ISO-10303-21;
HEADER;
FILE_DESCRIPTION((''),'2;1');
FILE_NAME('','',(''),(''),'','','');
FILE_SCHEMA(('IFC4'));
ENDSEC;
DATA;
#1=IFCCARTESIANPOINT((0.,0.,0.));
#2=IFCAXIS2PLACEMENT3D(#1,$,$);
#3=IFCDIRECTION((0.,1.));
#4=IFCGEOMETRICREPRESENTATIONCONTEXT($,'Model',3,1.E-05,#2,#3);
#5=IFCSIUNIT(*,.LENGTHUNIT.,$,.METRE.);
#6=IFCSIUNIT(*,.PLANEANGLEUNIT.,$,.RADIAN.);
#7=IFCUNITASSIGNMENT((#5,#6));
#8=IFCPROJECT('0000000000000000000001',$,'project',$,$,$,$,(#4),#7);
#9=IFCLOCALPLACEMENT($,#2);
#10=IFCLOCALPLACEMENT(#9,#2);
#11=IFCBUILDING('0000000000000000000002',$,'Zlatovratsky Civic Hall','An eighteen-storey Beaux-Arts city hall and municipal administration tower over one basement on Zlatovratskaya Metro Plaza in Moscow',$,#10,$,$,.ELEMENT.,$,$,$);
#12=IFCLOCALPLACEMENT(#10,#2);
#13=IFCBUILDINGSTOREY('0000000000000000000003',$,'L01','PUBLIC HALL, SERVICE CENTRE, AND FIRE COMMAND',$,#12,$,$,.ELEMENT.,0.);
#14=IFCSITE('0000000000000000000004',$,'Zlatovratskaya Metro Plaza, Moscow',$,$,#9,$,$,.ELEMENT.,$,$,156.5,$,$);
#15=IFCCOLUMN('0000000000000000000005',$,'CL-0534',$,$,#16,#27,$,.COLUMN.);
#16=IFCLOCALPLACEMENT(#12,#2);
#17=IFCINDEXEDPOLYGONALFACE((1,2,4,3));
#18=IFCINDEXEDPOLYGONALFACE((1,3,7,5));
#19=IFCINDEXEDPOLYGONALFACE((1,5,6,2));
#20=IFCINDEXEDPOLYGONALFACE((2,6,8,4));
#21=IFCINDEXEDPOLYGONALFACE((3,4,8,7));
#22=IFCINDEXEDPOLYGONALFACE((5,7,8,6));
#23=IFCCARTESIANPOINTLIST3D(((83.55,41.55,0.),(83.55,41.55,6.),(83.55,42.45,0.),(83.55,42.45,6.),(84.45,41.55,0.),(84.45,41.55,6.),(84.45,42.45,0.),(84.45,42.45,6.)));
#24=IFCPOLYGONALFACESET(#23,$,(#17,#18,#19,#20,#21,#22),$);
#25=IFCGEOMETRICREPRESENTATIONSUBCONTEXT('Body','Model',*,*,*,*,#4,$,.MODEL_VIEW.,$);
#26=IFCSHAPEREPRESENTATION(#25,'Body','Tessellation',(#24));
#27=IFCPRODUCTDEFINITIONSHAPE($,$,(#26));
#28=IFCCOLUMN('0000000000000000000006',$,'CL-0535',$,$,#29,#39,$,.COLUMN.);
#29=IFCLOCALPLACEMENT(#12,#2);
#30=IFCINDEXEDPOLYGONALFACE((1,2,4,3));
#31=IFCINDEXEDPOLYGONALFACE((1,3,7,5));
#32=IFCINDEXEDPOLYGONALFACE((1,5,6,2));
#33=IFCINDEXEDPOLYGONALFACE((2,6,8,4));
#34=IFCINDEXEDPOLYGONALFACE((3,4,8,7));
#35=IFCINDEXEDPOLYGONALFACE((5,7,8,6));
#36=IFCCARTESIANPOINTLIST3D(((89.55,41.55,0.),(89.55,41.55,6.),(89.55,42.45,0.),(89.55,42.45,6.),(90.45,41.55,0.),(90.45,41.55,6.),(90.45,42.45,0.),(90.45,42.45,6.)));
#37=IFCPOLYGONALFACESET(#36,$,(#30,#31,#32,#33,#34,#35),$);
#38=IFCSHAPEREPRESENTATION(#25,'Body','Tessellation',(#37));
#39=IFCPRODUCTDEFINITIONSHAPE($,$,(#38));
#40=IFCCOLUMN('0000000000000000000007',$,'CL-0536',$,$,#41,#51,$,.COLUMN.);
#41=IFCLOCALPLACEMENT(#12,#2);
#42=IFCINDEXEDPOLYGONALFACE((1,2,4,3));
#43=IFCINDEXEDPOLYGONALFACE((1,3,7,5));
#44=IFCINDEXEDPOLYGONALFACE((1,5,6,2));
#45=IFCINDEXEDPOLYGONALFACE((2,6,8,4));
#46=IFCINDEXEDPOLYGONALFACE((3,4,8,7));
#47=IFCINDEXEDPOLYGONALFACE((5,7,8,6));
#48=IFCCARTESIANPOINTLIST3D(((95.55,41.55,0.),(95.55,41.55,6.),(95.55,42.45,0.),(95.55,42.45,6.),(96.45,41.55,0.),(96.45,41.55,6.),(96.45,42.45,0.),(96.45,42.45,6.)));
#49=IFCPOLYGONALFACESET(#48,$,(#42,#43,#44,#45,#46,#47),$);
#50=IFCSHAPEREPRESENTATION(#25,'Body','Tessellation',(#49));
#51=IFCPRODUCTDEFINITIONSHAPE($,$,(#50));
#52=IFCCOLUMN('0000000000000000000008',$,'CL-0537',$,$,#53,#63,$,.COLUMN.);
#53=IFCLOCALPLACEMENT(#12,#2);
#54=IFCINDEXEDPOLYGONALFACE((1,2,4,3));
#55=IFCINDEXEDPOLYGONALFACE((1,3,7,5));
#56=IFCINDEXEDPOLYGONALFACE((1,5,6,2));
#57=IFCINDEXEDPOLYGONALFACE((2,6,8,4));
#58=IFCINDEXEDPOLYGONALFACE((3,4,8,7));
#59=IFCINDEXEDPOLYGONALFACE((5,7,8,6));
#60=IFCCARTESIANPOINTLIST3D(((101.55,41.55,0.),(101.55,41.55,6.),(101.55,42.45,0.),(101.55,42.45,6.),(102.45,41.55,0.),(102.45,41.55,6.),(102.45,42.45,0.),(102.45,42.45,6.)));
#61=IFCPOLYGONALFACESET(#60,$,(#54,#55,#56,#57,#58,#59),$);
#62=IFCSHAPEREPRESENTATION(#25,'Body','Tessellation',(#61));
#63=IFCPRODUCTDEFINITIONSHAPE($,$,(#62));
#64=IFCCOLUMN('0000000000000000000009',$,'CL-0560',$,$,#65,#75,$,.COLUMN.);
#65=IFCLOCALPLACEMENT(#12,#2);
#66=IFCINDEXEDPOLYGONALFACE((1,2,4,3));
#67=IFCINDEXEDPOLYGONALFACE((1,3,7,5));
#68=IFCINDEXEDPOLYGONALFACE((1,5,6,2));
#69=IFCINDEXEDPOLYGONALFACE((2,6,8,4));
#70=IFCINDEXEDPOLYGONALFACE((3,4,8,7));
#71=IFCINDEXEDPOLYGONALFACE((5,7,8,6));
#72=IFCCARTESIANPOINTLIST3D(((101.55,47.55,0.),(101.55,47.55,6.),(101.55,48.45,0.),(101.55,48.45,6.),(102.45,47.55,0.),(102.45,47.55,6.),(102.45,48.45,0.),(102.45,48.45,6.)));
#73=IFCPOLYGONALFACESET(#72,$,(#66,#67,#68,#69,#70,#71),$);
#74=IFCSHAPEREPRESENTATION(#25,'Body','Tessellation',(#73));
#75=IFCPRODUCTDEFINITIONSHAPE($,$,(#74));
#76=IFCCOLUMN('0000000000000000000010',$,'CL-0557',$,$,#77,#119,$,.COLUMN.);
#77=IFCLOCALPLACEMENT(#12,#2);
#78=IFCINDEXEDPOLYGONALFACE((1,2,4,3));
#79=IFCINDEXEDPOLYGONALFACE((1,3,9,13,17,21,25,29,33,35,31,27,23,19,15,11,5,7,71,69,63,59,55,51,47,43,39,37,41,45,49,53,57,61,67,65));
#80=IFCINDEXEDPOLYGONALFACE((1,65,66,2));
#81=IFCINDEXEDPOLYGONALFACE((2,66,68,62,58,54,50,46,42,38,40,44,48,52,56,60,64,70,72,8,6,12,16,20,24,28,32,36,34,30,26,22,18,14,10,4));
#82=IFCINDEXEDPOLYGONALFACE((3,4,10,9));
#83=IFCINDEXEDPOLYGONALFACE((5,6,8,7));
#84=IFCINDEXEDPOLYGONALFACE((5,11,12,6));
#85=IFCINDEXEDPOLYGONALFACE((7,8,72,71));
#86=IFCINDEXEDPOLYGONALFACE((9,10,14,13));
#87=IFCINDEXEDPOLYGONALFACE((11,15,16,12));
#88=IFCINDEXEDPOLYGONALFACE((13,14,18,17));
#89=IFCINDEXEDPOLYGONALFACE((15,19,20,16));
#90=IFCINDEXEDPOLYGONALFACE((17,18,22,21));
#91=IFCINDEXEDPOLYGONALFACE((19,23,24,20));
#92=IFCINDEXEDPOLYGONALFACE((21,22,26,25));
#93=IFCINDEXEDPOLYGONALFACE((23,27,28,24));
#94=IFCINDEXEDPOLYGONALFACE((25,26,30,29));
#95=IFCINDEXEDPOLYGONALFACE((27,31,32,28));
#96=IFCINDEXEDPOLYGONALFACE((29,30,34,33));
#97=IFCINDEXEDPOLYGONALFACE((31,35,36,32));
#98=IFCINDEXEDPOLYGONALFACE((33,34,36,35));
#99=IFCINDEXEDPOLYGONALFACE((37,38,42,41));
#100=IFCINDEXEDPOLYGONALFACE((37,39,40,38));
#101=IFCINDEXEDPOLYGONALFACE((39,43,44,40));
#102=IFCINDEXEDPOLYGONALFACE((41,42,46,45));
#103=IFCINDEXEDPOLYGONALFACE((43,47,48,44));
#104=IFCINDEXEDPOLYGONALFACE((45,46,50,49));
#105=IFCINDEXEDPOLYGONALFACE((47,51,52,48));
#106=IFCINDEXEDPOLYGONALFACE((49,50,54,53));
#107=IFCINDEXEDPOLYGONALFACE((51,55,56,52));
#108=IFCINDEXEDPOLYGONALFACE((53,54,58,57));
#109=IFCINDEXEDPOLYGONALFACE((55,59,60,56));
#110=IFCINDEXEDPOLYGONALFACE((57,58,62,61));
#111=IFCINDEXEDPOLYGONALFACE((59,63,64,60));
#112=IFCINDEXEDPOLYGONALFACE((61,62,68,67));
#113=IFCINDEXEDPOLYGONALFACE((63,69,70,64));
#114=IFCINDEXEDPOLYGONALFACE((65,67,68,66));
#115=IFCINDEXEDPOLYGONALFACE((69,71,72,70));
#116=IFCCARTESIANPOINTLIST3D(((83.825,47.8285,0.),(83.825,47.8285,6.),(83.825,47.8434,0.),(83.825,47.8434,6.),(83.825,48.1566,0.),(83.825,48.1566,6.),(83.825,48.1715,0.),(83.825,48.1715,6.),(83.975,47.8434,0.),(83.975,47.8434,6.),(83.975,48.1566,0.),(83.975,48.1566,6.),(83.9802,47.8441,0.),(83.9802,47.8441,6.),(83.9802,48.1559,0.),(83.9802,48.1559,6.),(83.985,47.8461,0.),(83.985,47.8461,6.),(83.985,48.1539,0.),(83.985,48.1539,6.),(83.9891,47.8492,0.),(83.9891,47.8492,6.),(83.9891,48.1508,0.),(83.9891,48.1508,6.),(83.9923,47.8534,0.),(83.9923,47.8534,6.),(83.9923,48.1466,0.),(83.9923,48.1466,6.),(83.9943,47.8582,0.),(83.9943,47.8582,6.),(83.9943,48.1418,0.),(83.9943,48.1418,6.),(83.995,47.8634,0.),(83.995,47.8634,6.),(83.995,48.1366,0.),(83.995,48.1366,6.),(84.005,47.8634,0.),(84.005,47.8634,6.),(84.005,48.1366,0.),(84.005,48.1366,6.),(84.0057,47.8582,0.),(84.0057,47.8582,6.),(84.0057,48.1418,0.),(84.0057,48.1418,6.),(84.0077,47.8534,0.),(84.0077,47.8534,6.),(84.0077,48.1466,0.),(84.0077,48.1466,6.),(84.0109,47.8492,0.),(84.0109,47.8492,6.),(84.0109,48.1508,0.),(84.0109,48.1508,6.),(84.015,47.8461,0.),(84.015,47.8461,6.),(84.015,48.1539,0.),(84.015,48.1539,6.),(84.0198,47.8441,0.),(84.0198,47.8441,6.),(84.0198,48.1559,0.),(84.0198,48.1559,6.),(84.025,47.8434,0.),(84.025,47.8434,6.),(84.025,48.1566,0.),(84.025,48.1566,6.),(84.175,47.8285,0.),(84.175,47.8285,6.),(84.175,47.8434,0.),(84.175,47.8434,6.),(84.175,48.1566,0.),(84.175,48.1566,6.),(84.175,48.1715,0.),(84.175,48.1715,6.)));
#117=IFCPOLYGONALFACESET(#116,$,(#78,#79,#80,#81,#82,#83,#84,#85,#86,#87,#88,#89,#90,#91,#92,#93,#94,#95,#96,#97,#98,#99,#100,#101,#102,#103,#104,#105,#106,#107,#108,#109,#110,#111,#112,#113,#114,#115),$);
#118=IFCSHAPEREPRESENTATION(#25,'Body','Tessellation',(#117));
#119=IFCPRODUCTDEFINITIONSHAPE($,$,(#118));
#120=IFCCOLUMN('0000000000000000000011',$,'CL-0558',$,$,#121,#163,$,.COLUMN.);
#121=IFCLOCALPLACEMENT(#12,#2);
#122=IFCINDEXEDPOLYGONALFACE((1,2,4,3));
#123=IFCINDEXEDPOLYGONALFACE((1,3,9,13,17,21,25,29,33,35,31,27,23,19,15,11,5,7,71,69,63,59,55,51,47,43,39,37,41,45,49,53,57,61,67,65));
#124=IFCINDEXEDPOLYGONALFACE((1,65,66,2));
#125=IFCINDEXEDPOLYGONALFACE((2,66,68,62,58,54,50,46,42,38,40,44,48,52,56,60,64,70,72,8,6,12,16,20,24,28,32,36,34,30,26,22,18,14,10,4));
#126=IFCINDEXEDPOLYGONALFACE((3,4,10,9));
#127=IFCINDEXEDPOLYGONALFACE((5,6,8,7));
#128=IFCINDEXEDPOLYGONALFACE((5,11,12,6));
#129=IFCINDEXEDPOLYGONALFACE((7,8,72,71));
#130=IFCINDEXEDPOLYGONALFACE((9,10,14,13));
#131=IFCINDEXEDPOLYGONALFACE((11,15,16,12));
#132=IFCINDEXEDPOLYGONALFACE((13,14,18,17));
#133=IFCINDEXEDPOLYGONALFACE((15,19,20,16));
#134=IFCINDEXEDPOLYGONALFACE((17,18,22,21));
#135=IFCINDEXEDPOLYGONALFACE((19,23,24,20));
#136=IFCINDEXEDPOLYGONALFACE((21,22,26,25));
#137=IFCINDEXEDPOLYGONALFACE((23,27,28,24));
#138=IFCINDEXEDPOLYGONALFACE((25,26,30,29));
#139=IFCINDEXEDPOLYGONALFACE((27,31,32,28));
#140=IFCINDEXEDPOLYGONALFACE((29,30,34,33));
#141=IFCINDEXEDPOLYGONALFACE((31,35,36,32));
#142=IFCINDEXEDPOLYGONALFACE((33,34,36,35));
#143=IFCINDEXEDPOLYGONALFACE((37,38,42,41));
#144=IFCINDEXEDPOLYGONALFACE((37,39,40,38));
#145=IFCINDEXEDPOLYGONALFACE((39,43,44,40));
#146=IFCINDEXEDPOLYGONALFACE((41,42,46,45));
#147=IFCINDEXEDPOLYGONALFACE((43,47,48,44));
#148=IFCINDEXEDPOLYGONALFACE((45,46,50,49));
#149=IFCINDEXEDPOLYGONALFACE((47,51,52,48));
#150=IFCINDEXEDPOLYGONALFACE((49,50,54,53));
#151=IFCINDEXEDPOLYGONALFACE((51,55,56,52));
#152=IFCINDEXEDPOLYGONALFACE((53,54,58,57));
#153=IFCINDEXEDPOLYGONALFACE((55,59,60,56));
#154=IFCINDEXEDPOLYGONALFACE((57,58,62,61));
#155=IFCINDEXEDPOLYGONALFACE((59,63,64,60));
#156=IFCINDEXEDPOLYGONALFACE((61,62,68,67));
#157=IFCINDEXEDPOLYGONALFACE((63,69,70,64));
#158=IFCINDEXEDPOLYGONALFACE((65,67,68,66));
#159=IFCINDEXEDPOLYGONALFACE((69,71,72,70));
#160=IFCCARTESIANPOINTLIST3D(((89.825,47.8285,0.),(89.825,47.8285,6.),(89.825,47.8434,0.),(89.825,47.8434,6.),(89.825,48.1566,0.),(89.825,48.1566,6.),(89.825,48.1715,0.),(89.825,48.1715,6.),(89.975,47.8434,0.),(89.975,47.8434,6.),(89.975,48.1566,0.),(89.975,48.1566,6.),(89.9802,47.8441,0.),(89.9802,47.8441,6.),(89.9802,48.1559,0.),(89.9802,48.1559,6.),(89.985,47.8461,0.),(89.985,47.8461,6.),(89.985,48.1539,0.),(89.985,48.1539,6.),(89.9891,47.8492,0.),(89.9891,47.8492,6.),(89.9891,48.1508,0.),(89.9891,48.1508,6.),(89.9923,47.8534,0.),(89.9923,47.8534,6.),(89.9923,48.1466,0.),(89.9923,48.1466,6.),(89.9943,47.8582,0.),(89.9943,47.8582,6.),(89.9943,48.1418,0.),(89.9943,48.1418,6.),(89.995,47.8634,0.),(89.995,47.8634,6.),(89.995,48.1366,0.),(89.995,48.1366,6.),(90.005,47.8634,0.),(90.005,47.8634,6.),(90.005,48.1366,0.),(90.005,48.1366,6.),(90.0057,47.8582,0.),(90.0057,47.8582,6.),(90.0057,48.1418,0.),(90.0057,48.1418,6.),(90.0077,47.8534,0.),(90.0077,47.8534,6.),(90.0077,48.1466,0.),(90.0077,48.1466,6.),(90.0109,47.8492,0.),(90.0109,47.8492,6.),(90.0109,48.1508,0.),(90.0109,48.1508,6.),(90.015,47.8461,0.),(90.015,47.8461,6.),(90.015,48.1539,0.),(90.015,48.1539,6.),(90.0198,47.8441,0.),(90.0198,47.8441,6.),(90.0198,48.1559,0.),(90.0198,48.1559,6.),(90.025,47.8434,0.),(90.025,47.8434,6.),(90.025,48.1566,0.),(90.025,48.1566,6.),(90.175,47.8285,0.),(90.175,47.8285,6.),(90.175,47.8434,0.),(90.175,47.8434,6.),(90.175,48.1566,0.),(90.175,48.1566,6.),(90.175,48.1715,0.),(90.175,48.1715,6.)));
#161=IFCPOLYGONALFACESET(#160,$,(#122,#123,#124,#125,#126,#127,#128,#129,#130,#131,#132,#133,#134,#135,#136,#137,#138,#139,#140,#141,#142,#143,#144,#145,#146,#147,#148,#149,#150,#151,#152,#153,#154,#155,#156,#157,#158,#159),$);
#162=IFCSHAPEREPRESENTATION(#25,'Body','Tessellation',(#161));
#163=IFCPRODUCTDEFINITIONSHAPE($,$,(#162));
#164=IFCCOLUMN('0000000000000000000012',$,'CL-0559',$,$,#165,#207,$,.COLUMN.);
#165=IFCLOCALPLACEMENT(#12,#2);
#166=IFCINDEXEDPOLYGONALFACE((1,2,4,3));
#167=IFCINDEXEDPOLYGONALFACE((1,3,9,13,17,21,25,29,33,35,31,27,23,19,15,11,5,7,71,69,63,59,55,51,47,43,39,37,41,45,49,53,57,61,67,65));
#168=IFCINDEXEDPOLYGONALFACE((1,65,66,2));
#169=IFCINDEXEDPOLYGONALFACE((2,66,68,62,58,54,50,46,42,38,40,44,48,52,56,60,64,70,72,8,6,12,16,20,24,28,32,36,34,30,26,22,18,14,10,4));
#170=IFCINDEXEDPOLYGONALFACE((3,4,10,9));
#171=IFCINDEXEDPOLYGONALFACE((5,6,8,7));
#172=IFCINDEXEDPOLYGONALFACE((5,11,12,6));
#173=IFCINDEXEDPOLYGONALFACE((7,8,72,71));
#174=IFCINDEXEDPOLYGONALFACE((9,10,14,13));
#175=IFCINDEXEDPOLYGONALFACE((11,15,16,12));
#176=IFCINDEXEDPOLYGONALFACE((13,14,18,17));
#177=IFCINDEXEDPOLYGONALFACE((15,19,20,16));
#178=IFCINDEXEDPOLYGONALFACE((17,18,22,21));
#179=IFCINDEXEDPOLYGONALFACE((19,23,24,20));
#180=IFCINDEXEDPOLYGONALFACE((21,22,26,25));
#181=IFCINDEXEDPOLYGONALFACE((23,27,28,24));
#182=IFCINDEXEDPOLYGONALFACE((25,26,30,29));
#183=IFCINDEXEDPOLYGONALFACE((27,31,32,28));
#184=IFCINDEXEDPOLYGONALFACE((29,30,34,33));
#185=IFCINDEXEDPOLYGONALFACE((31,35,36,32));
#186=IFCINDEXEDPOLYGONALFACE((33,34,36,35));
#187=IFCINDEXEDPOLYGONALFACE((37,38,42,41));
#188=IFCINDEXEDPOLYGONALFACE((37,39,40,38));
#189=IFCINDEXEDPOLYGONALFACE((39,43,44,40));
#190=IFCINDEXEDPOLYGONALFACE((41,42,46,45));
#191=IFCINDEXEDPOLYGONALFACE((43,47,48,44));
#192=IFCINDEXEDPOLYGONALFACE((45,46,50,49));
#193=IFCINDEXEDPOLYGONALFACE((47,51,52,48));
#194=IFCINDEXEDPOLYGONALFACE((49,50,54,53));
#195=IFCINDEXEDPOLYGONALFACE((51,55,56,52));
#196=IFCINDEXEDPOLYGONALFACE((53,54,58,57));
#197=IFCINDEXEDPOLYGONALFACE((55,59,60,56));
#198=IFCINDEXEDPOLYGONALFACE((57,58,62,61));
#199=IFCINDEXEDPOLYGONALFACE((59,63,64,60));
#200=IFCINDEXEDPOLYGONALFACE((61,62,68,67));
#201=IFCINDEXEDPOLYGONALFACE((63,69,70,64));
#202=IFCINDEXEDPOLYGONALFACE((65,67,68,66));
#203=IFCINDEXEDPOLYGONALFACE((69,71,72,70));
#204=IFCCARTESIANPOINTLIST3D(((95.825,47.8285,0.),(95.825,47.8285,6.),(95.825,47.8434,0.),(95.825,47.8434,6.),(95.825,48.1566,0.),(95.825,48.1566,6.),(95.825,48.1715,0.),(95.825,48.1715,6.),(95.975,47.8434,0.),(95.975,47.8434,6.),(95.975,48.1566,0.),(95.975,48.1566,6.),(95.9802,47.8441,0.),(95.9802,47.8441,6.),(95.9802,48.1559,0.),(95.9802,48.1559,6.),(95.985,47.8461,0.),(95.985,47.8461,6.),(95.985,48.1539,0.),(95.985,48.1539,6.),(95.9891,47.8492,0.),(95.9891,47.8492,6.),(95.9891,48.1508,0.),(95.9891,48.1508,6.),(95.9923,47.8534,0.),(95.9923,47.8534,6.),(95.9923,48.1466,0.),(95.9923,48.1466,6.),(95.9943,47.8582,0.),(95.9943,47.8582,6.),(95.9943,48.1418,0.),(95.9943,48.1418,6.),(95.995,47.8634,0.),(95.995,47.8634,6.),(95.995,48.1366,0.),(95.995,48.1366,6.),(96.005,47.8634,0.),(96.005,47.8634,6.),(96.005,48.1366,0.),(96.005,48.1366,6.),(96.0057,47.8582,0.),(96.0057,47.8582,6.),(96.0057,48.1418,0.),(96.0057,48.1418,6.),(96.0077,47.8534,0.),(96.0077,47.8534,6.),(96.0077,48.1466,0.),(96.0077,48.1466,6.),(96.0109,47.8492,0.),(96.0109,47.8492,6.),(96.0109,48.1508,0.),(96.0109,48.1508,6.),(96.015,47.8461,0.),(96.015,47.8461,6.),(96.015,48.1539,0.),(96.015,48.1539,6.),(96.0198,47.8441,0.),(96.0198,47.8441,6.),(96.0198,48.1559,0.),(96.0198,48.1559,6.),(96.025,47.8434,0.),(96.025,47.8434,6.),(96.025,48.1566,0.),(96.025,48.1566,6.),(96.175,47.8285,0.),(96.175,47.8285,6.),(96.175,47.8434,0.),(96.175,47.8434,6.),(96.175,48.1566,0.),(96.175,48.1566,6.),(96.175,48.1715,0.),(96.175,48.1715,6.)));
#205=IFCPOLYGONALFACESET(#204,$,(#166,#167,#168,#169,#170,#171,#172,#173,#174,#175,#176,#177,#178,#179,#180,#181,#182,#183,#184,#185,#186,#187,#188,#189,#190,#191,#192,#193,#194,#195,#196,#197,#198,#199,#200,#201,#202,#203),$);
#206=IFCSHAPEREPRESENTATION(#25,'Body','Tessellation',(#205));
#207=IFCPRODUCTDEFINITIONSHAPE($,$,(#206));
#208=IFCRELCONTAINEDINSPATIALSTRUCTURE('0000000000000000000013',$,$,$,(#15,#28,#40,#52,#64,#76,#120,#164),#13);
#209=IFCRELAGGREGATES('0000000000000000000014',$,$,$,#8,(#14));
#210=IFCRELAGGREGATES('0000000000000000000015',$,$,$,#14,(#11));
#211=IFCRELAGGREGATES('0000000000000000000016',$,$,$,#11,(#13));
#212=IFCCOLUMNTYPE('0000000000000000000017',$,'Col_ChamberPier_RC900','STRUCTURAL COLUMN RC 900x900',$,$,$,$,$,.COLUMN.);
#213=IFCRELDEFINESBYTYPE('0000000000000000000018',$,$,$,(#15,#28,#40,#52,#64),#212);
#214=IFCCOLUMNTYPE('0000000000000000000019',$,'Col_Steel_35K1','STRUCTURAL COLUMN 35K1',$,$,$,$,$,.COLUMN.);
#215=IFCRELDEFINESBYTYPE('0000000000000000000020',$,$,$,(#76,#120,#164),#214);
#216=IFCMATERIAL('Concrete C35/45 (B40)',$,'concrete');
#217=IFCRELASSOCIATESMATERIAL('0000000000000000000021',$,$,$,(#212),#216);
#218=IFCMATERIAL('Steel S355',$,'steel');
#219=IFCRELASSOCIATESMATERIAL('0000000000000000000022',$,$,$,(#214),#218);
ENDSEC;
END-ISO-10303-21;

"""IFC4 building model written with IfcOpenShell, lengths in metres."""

from ifc_helpers import new_model, si_unit, direction, frame, origin, origin_2d, place, context, subcontext, project, spatial, rectangle, i_section, extrude, material, material_profile, profile_set, type_object, element, save


model = new_model("IFC4")

# Units and contexts
model_context = context("Model", 3, precision=1e-05, world=origin(), true_north=direction((0.0, 1.0)))
body_context = subcontext(model_context, "Body", "Model", "MODEL_VIEW")
ifc_project = project(units=[si_unit("LENGTHUNIT", "METRE"), si_unit("PLANEANGLEUNIT", "RADIAN")], contexts=[model_context])

# Site, building, storey
site_placement = place(None, origin())
site = spatial("IfcSite", under=ifc_project, at=site_placement, Name="Zlatovratskaya Metro Plaza, Moscow", CompositionType="ELEMENT", RefElevation=156.5)
building_placement = place(site_placement, origin())
building = spatial("IfcBuilding", under=site, at=building_placement, Name="Zlatovratsky Civic Hall", Description="An eighteen-storey Beaux-Arts city hall and municipal administration tower over one basement on Zlatovratskaya Metro Plaza in Moscow", CompositionType="ELEMENT")
storey_placement = place(building_placement, origin())
storey = spatial("IfcBuildingStorey", under=building, at=storey_placement, Name="L01", Description="PUBLIC HALL, SERVICE CENTRE, AND FIRE COMMAND", CompositionType="ELEMENT", Elevation=0.0)

# Columns
ifc_material_1 = material(Name="Concrete C35/45 (B40)", Category="concrete")
ifc_material_profile_1 = material_profile(ifc_material_1, rectangle(XDim=0.8999, YDim=0.8999, at=origin_2d()), Name="RC 900x900")
ifc_profile_set_1 = profile_set([ifc_material_profile_1], Name="Concrete C35/45 (B40)")
column_type_1 = type_object("IfcColumnType", Name="Col_ChamberPier_RC900", Description="STRUCTURAL COLUMN RC 900x900", PredefinedType="COLUMN", material=ifc_profile_set_1)
for number, where, z_axis, x_axis, name in (
    (1, (84.0, 42.0, 0.0), (0.0, 0.0, 1.0), (1.0, 0.0, 0.0), "CL-0534"),
    (2, (90.0, 42.0, 0.0), (0.0, 0.0, 1.0), (1.0, 0.0, 0.0), "CL-0535"),
    (3, (96.0, 42.0, 0.0), (0.0, 0.0, 1.0), (1.0, 0.0, 0.0), "CL-0536"),
    (4, (102.0, 42.0, 0.0), (0.0, 0.0, 1.0), (1.0, 0.0, 0.0), "CL-0537"),
    (5, (102.0, 48.0, 0.0), (0.0, 0.0, 1.0), (1.0, 0.0, 0.0), "CL-0560"),
):
    element("IfcColumn", number, at=place(storey_placement, frame(where, z_axis=z_axis, x_axis=x_axis)), inside=storey, type_object=column_type_1, Name=name, PredefinedType="COLUMN", context=body_context, shape_type="SweptSolid", body=[
        extrude(rectangle(XDim=0.8999, YDim=0.8999, at=origin_2d()), origin(), (0.0, 0.0, 1.0), 6.0),
    ])
ifc_material_2 = material(Name="Steel S355", Category="steel")
ifc_material_profile_2 = material_profile(ifc_material_2, i_section(OverallWidth=0.3501, OverallDepth=0.343, WebThickness=0.01, FlangeThickness=0.0149, FilletRadius=0.02, at=origin_2d()), Name="35K1")
ifc_profile_set_2 = profile_set([ifc_material_profile_2], Name="Steel S355")
column_type_2 = type_object("IfcColumnType", Name="Col_Steel_35K1", Description="STRUCTURAL COLUMN 35K1", PredefinedType="COLUMN", material=ifc_profile_set_2)
for number, where, z_axis, x_axis, name in (
    (6, (84.0, 48.0, 0.0), (0.0, 0.0, 1.0), (1.0, 0.0, 0.0), "CL-0557"),
    (7, (90.0, 48.0, 0.0), (0.0, 0.0, 1.0), (1.0, 0.0, 0.0), "CL-0558"),
    (8, (96.0, 48.0, 0.0), (0.0, 0.0, 1.0), (1.0, 0.0, 0.0), "CL-0559"),
):
    element("IfcColumn", number, at=place(storey_placement, frame(where, z_axis=z_axis, x_axis=x_axis)), inside=storey, type_object=column_type_2, Name=name, PredefinedType="COLUMN", context=body_context, shape_type="SweptSolid", body=[
        extrude(i_section(OverallWidth=0.3501, OverallDepth=0.343, WebThickness=0.01, FlangeThickness=0.0149, FilletRadius=0.02, at=origin_2d()), origin(), (0.0, 0.0, 1.0), 6.0),
    ])

save(model, "model.ifc")
